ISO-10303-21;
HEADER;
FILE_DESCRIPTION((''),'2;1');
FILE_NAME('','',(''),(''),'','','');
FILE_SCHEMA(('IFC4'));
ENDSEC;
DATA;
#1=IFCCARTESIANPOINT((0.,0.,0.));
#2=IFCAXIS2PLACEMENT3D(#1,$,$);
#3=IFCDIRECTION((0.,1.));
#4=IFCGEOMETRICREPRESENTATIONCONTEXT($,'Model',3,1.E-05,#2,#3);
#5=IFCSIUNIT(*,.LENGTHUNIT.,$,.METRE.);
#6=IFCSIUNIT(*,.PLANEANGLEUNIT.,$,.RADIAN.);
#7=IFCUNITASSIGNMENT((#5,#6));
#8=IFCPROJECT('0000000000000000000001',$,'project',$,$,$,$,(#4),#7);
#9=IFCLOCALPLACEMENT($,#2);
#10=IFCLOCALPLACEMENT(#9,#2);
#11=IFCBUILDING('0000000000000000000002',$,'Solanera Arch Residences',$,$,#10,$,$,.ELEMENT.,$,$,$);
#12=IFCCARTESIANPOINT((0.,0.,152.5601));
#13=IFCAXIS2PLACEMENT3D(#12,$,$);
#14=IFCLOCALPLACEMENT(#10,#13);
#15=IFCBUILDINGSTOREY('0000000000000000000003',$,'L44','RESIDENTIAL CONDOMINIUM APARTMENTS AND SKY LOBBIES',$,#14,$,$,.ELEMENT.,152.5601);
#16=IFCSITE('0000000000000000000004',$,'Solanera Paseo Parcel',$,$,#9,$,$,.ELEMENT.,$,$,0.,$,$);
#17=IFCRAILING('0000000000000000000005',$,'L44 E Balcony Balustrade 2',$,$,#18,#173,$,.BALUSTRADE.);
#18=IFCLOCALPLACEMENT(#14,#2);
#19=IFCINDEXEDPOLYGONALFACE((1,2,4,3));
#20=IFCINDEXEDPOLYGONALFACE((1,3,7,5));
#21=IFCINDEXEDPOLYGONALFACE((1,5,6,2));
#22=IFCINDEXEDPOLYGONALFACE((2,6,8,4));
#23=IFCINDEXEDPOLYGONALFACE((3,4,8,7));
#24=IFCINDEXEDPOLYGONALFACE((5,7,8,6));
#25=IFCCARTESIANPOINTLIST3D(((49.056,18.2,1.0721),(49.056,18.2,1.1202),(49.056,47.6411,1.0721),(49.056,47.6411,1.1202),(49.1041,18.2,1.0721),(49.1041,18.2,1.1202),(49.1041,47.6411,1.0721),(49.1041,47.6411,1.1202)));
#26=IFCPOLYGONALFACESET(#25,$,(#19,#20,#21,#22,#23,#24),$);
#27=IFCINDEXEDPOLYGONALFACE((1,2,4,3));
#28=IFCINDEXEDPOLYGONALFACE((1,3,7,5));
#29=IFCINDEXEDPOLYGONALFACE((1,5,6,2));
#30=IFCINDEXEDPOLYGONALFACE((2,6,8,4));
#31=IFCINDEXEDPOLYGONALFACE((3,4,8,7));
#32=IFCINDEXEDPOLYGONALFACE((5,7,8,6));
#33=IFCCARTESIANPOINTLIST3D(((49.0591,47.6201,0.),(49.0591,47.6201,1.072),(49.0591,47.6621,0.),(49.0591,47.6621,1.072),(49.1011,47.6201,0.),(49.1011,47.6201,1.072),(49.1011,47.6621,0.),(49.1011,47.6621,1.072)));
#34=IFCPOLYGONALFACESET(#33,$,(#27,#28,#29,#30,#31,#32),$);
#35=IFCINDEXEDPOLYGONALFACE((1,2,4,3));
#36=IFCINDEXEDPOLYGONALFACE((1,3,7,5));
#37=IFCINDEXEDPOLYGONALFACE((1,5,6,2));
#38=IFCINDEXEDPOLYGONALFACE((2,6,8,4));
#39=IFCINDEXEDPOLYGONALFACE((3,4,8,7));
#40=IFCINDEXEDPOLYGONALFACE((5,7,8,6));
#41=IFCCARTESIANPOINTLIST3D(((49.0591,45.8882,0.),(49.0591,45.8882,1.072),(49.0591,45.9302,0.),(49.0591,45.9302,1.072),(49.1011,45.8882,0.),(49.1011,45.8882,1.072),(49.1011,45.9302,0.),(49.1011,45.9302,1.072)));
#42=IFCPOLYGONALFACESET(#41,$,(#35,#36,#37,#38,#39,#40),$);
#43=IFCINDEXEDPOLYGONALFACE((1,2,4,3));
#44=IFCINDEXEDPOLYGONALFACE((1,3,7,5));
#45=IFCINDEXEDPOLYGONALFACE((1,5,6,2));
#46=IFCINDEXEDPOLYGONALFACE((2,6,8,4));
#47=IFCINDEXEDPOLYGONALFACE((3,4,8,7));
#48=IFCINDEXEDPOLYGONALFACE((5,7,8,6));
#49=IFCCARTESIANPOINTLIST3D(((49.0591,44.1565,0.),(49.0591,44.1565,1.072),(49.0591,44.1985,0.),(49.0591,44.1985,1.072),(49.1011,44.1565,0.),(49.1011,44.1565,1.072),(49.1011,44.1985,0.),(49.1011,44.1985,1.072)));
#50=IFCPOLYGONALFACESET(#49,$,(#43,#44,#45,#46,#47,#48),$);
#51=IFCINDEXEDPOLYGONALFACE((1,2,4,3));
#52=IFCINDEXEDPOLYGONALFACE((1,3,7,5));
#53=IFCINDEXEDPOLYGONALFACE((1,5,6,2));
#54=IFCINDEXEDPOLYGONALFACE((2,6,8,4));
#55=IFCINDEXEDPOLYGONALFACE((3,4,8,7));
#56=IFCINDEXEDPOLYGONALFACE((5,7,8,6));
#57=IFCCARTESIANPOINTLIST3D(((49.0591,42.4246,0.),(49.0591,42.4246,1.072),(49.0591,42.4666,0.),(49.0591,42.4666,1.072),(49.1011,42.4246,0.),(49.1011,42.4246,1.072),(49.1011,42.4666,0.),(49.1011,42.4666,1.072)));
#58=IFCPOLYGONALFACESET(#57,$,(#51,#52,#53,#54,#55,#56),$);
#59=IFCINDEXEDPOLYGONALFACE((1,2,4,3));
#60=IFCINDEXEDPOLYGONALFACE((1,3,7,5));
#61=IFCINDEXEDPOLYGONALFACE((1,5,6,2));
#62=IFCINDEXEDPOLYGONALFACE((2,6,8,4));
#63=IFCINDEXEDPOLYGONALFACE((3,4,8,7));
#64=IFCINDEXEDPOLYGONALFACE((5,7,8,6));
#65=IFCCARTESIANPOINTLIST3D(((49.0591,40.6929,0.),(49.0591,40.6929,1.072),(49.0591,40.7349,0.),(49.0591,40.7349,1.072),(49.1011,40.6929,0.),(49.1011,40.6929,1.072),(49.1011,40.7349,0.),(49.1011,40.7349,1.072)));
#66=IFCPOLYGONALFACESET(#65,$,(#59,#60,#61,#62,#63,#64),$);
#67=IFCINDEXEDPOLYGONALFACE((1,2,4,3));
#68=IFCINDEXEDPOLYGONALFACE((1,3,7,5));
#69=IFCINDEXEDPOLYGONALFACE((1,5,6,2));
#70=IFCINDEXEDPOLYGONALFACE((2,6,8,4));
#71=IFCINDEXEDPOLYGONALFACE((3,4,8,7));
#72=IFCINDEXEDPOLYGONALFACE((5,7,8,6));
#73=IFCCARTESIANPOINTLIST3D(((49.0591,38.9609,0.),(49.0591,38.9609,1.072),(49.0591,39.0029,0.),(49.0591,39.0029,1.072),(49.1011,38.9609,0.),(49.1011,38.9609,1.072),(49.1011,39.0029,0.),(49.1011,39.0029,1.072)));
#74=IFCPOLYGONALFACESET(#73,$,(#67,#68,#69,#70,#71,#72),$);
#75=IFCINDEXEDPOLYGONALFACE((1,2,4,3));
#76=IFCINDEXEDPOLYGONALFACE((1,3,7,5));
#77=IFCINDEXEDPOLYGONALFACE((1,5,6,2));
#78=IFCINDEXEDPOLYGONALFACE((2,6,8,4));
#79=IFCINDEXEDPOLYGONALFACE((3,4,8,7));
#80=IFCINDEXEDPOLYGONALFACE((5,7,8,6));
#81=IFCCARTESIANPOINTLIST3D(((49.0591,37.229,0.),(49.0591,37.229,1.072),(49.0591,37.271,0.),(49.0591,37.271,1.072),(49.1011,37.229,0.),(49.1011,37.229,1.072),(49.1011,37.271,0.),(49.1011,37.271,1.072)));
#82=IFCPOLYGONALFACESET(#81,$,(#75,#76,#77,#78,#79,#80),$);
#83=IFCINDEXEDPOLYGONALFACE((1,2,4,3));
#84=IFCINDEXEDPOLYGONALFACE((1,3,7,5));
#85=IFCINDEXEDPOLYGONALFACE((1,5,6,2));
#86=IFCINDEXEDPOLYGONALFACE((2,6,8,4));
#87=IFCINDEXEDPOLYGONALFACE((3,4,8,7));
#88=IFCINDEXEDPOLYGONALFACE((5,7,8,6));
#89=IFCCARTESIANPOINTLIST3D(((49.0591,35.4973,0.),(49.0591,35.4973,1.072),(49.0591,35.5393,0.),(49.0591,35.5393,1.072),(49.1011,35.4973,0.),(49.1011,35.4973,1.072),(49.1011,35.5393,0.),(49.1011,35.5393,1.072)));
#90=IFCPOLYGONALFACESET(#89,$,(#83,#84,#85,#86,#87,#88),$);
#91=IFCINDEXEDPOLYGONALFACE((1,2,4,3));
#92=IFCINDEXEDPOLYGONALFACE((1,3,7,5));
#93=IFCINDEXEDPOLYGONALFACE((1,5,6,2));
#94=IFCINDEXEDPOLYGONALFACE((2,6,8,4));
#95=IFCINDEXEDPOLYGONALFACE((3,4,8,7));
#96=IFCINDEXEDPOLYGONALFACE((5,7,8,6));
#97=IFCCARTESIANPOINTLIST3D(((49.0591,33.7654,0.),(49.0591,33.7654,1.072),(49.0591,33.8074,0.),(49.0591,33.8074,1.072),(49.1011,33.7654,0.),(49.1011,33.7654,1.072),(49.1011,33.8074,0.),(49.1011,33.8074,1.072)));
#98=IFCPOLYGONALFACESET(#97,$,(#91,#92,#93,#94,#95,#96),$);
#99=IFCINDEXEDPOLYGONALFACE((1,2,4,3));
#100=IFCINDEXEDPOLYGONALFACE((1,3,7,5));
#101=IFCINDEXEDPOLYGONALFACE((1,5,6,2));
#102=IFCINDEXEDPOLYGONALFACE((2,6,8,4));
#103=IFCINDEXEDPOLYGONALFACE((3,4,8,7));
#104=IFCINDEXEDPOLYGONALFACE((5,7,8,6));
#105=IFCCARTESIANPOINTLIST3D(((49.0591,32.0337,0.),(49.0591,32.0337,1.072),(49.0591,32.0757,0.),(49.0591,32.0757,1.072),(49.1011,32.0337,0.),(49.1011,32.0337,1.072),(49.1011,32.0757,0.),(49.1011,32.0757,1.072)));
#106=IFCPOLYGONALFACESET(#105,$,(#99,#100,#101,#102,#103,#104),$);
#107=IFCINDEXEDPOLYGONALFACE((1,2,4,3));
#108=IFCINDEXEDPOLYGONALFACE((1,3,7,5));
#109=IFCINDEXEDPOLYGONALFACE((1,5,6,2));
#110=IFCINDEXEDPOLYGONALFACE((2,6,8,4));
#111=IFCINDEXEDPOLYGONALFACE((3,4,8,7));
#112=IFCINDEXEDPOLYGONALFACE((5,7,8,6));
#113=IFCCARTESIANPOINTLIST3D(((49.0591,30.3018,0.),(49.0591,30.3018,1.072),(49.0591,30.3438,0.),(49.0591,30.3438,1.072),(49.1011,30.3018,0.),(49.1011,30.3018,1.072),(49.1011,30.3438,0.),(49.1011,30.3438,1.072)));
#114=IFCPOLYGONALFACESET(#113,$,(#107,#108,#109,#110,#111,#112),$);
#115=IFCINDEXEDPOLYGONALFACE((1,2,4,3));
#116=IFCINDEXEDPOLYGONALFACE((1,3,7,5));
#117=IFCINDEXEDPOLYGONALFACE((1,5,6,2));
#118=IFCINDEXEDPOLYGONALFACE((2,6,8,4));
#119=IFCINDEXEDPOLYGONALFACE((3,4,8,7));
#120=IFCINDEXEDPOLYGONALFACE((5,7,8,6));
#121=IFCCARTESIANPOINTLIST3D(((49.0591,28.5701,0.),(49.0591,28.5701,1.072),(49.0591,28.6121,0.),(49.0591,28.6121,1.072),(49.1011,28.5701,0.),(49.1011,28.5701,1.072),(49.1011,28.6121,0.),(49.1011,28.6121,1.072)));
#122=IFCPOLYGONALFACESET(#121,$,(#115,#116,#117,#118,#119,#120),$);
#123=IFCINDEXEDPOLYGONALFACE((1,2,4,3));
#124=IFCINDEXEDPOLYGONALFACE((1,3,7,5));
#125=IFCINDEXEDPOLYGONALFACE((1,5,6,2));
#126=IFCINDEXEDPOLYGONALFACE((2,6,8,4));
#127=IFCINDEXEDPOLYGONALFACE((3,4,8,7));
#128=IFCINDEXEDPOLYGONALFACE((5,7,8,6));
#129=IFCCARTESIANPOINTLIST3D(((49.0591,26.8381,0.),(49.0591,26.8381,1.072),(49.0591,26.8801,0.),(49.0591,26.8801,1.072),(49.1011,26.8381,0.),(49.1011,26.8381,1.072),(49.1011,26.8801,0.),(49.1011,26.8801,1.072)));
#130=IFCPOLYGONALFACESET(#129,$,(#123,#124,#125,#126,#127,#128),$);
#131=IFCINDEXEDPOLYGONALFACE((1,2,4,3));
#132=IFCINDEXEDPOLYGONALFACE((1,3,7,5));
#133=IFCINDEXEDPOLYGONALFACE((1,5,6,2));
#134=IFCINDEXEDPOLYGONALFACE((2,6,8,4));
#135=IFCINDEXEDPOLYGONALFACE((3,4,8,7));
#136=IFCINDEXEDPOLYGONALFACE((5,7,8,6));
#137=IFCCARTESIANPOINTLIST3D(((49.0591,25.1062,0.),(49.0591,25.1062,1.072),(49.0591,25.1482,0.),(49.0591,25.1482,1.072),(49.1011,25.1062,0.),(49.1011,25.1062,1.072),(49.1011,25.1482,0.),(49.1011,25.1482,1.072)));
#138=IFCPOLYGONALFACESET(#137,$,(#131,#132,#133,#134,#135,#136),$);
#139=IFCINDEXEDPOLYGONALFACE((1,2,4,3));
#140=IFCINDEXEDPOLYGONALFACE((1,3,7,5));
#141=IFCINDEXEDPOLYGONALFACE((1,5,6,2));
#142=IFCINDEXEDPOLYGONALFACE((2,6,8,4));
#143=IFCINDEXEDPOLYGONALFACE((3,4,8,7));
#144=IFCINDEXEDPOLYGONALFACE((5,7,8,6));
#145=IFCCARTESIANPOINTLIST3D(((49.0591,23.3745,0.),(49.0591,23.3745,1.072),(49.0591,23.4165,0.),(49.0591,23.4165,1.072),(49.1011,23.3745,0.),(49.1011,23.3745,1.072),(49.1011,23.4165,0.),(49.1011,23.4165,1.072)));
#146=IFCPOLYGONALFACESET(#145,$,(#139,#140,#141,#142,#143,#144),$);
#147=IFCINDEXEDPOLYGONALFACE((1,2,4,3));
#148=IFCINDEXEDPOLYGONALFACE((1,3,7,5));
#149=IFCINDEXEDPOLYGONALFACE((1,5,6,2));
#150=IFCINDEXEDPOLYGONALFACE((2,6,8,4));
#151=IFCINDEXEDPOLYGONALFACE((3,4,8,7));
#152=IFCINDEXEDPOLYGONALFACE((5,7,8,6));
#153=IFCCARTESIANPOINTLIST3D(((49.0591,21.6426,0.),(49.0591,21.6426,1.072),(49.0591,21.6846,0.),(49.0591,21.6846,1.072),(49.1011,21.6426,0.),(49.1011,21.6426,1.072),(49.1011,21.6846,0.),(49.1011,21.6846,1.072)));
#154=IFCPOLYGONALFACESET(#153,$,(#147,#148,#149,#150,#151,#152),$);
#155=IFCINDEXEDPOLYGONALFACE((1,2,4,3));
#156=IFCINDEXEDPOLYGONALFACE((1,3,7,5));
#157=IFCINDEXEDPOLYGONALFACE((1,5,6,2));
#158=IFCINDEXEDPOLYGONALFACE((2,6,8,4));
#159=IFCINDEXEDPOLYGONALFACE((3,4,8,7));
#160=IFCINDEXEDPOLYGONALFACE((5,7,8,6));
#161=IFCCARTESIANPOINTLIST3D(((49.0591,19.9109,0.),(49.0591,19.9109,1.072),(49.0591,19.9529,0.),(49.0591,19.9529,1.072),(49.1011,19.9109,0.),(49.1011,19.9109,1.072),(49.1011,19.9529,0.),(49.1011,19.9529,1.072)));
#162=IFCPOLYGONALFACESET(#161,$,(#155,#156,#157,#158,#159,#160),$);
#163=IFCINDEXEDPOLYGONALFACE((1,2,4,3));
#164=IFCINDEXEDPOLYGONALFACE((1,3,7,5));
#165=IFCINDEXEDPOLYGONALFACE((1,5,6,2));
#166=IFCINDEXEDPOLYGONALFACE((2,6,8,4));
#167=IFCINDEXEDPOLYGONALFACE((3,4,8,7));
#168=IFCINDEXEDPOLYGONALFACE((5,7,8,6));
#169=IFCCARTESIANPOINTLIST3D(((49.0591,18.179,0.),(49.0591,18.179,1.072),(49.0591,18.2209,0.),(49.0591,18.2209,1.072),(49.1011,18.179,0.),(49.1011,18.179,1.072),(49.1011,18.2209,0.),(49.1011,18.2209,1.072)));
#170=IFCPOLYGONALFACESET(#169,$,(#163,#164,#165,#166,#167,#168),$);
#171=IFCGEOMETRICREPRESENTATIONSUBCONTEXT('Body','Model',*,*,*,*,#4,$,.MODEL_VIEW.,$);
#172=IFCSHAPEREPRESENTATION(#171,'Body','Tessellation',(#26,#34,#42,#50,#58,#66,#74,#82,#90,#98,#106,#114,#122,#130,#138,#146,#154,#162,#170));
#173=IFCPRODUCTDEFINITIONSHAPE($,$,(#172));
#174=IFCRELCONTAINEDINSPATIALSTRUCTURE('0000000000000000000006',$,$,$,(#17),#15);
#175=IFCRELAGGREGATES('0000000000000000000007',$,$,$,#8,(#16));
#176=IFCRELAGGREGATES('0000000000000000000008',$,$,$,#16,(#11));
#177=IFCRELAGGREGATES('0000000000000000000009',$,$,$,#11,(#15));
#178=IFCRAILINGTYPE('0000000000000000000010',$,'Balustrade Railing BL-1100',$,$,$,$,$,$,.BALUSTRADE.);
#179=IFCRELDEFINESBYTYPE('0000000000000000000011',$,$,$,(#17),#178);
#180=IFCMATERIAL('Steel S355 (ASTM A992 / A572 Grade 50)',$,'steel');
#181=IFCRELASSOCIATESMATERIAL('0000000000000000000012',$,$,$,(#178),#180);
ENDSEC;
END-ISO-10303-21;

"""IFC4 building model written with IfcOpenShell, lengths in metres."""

from ifc_helpers import new_model, si_unit, direction, frame, origin, origin_2d, place, context, subcontext, project, spatial, rectangle, extrude, material, type_object, element, save


model = new_model("IFC4")

# Units and contexts
model_context = context("Model", 3, precision=1e-05, world=origin(), true_north=direction((0.0, 1.0)))
body_context = subcontext(model_context, "Body", "Model", "MODEL_VIEW")
ifc_project = project(units=[si_unit("LENGTHUNIT", "METRE"), si_unit("PLANEANGLEUNIT", "RADIAN")], contexts=[model_context])

# Site, building, storey
site_placement = place(None, origin())
site = spatial("IfcSite", under=ifc_project, at=site_placement, Name="Solanera Paseo Parcel", CompositionType="ELEMENT", RefElevation=0.0)
building_placement = place(site_placement, origin())
building = spatial("IfcBuilding", under=site, at=building_placement, Name="Solanera Arch Residences", CompositionType="ELEMENT")
storey_placement = place(building_placement, frame((0.0, 0.0, 152.5601)))
storey = spatial("IfcBuildingStorey", under=building, at=storey_placement, Name="L44", Description="RESIDENTIAL CONDOMINIUM APARTMENTS AND SKY LOBBIES", CompositionType="ELEMENT", Elevation=152.5601)

# Railing
ifc_material_1 = material(Name="Steel S355 (ASTM A992 / A572 Grade 50)", Category="steel")
railing_type = type_object("IfcRailingType", Name="Balustrade Railing BL-1100", PredefinedType="BALUSTRADE", material=ifc_material_1)
railing_1_placement = place(storey_placement, frame((49.0801, 47.6411, 0.0)))
element("IfcRailing", 1, at=railing_1_placement, inside=storey, type_object=railing_type, Name="L44 E Balcony Balustrade 2", PredefinedType="BALUSTRADE", context=body_context, shape_type="SweptSolid", body=[
    extrude(rectangle(XDim=0.0481, YDim=0.0481, at=origin_2d()), frame((0.0, 0.0, 1.0962), z_axis=(0.0, -1.0, 0.0), x_axis=(1.0, 0.0, 0.0)), (0.0, 0.0, 1.0), 29.4412),
    extrude(rectangle(XDim=0.042, YDim=0.042, at=origin_2d()), origin(), (0.0, 0.0, 1.0), 1.072),
    extrude(rectangle(XDim=0.042, YDim=0.042, at=origin_2d()), frame((0.0, -1.7319, 0.0)), (0.0, 0.0, 1.0), 1.072),
    extrude(rectangle(XDim=0.042, YDim=0.042, at=origin_2d()), frame((0.0, -3.4636, 0.0)), (0.0, 0.0, 1.0), 1.072),
    extrude(rectangle(XDim=0.042, YDim=0.042, at=origin_2d()), frame((0.0, -5.1956, 0.0)), (0.0, 0.0, 1.0), 1.072),
    extrude(rectangle(XDim=0.042, YDim=0.042, at=origin_2d()), frame((0.0, -6.9272, 0.0)), (0.0, 0.0, 1.0), 1.072),
    extrude(rectangle(XDim=0.042, YDim=0.042, at=origin_2d()), frame((0.0, -8.6592, 0.0)), (0.0, 0.0, 1.0), 1.072),
    extrude(rectangle(XDim=0.042, YDim=0.042, at=origin_2d()), frame((0.0, -10.3911, 0.0)), (0.0, 0.0, 1.0), 1.072),
    extrude(rectangle(XDim=0.042, YDim=0.042, at=origin_2d()), frame((0.0, -12.1228, 0.0)), (0.0, 0.0, 1.0), 1.072),
    extrude(rectangle(XDim=0.042, YDim=0.042, at=origin_2d()), frame((0.0, -13.8547, 0.0)), (0.0, 0.0, 1.0), 1.072),
    extrude(rectangle(XDim=0.042, YDim=0.042, at=origin_2d()), frame((0.0, -15.5864, 0.0)), (0.0, 0.0, 1.0), 1.072),
    extrude(rectangle(XDim=0.042, YDim=0.042, at=origin_2d()), frame((0.0, -17.3184, 0.0)), (0.0, 0.0, 1.0), 1.072),
    extrude(rectangle(XDim=0.042, YDim=0.042, at=origin_2d()), frame((0.0, -19.05, 0.0)), (0.0, 0.0, 1.0), 1.072),
    extrude(rectangle(XDim=0.042, YDim=0.042, at=origin_2d()), frame((0.0, -20.782, 0.0)), (0.0, 0.0, 1.0), 1.072),
    extrude(rectangle(XDim=0.042, YDim=0.042, at=origin_2d()), frame((0.0, -22.5139, 0.0)), (0.0, 0.0, 1.0), 1.072),
    extrude(rectangle(XDim=0.042, YDim=0.042, at=origin_2d()), frame((0.0, -24.2456, 0.0)), (0.0, 0.0, 1.0), 1.072),
    extrude(rectangle(XDim=0.042, YDim=0.042, at=origin_2d()), frame((0.0, -25.9775, 0.0)), (0.0, 0.0, 1.0), 1.072),
    extrude(rectangle(XDim=0.042, YDim=0.042, at=origin_2d()), frame((0.0, -27.7092, 0.0)), (0.0, 0.0, 1.0), 1.072),
    extrude(rectangle(XDim=0.042, YDim=0.042, at=origin_2d()), frame((0.0, -29.4412, 0.0)), (0.0, 0.0, 1.0), 1.072),
])

save(model, "model.ifc")
